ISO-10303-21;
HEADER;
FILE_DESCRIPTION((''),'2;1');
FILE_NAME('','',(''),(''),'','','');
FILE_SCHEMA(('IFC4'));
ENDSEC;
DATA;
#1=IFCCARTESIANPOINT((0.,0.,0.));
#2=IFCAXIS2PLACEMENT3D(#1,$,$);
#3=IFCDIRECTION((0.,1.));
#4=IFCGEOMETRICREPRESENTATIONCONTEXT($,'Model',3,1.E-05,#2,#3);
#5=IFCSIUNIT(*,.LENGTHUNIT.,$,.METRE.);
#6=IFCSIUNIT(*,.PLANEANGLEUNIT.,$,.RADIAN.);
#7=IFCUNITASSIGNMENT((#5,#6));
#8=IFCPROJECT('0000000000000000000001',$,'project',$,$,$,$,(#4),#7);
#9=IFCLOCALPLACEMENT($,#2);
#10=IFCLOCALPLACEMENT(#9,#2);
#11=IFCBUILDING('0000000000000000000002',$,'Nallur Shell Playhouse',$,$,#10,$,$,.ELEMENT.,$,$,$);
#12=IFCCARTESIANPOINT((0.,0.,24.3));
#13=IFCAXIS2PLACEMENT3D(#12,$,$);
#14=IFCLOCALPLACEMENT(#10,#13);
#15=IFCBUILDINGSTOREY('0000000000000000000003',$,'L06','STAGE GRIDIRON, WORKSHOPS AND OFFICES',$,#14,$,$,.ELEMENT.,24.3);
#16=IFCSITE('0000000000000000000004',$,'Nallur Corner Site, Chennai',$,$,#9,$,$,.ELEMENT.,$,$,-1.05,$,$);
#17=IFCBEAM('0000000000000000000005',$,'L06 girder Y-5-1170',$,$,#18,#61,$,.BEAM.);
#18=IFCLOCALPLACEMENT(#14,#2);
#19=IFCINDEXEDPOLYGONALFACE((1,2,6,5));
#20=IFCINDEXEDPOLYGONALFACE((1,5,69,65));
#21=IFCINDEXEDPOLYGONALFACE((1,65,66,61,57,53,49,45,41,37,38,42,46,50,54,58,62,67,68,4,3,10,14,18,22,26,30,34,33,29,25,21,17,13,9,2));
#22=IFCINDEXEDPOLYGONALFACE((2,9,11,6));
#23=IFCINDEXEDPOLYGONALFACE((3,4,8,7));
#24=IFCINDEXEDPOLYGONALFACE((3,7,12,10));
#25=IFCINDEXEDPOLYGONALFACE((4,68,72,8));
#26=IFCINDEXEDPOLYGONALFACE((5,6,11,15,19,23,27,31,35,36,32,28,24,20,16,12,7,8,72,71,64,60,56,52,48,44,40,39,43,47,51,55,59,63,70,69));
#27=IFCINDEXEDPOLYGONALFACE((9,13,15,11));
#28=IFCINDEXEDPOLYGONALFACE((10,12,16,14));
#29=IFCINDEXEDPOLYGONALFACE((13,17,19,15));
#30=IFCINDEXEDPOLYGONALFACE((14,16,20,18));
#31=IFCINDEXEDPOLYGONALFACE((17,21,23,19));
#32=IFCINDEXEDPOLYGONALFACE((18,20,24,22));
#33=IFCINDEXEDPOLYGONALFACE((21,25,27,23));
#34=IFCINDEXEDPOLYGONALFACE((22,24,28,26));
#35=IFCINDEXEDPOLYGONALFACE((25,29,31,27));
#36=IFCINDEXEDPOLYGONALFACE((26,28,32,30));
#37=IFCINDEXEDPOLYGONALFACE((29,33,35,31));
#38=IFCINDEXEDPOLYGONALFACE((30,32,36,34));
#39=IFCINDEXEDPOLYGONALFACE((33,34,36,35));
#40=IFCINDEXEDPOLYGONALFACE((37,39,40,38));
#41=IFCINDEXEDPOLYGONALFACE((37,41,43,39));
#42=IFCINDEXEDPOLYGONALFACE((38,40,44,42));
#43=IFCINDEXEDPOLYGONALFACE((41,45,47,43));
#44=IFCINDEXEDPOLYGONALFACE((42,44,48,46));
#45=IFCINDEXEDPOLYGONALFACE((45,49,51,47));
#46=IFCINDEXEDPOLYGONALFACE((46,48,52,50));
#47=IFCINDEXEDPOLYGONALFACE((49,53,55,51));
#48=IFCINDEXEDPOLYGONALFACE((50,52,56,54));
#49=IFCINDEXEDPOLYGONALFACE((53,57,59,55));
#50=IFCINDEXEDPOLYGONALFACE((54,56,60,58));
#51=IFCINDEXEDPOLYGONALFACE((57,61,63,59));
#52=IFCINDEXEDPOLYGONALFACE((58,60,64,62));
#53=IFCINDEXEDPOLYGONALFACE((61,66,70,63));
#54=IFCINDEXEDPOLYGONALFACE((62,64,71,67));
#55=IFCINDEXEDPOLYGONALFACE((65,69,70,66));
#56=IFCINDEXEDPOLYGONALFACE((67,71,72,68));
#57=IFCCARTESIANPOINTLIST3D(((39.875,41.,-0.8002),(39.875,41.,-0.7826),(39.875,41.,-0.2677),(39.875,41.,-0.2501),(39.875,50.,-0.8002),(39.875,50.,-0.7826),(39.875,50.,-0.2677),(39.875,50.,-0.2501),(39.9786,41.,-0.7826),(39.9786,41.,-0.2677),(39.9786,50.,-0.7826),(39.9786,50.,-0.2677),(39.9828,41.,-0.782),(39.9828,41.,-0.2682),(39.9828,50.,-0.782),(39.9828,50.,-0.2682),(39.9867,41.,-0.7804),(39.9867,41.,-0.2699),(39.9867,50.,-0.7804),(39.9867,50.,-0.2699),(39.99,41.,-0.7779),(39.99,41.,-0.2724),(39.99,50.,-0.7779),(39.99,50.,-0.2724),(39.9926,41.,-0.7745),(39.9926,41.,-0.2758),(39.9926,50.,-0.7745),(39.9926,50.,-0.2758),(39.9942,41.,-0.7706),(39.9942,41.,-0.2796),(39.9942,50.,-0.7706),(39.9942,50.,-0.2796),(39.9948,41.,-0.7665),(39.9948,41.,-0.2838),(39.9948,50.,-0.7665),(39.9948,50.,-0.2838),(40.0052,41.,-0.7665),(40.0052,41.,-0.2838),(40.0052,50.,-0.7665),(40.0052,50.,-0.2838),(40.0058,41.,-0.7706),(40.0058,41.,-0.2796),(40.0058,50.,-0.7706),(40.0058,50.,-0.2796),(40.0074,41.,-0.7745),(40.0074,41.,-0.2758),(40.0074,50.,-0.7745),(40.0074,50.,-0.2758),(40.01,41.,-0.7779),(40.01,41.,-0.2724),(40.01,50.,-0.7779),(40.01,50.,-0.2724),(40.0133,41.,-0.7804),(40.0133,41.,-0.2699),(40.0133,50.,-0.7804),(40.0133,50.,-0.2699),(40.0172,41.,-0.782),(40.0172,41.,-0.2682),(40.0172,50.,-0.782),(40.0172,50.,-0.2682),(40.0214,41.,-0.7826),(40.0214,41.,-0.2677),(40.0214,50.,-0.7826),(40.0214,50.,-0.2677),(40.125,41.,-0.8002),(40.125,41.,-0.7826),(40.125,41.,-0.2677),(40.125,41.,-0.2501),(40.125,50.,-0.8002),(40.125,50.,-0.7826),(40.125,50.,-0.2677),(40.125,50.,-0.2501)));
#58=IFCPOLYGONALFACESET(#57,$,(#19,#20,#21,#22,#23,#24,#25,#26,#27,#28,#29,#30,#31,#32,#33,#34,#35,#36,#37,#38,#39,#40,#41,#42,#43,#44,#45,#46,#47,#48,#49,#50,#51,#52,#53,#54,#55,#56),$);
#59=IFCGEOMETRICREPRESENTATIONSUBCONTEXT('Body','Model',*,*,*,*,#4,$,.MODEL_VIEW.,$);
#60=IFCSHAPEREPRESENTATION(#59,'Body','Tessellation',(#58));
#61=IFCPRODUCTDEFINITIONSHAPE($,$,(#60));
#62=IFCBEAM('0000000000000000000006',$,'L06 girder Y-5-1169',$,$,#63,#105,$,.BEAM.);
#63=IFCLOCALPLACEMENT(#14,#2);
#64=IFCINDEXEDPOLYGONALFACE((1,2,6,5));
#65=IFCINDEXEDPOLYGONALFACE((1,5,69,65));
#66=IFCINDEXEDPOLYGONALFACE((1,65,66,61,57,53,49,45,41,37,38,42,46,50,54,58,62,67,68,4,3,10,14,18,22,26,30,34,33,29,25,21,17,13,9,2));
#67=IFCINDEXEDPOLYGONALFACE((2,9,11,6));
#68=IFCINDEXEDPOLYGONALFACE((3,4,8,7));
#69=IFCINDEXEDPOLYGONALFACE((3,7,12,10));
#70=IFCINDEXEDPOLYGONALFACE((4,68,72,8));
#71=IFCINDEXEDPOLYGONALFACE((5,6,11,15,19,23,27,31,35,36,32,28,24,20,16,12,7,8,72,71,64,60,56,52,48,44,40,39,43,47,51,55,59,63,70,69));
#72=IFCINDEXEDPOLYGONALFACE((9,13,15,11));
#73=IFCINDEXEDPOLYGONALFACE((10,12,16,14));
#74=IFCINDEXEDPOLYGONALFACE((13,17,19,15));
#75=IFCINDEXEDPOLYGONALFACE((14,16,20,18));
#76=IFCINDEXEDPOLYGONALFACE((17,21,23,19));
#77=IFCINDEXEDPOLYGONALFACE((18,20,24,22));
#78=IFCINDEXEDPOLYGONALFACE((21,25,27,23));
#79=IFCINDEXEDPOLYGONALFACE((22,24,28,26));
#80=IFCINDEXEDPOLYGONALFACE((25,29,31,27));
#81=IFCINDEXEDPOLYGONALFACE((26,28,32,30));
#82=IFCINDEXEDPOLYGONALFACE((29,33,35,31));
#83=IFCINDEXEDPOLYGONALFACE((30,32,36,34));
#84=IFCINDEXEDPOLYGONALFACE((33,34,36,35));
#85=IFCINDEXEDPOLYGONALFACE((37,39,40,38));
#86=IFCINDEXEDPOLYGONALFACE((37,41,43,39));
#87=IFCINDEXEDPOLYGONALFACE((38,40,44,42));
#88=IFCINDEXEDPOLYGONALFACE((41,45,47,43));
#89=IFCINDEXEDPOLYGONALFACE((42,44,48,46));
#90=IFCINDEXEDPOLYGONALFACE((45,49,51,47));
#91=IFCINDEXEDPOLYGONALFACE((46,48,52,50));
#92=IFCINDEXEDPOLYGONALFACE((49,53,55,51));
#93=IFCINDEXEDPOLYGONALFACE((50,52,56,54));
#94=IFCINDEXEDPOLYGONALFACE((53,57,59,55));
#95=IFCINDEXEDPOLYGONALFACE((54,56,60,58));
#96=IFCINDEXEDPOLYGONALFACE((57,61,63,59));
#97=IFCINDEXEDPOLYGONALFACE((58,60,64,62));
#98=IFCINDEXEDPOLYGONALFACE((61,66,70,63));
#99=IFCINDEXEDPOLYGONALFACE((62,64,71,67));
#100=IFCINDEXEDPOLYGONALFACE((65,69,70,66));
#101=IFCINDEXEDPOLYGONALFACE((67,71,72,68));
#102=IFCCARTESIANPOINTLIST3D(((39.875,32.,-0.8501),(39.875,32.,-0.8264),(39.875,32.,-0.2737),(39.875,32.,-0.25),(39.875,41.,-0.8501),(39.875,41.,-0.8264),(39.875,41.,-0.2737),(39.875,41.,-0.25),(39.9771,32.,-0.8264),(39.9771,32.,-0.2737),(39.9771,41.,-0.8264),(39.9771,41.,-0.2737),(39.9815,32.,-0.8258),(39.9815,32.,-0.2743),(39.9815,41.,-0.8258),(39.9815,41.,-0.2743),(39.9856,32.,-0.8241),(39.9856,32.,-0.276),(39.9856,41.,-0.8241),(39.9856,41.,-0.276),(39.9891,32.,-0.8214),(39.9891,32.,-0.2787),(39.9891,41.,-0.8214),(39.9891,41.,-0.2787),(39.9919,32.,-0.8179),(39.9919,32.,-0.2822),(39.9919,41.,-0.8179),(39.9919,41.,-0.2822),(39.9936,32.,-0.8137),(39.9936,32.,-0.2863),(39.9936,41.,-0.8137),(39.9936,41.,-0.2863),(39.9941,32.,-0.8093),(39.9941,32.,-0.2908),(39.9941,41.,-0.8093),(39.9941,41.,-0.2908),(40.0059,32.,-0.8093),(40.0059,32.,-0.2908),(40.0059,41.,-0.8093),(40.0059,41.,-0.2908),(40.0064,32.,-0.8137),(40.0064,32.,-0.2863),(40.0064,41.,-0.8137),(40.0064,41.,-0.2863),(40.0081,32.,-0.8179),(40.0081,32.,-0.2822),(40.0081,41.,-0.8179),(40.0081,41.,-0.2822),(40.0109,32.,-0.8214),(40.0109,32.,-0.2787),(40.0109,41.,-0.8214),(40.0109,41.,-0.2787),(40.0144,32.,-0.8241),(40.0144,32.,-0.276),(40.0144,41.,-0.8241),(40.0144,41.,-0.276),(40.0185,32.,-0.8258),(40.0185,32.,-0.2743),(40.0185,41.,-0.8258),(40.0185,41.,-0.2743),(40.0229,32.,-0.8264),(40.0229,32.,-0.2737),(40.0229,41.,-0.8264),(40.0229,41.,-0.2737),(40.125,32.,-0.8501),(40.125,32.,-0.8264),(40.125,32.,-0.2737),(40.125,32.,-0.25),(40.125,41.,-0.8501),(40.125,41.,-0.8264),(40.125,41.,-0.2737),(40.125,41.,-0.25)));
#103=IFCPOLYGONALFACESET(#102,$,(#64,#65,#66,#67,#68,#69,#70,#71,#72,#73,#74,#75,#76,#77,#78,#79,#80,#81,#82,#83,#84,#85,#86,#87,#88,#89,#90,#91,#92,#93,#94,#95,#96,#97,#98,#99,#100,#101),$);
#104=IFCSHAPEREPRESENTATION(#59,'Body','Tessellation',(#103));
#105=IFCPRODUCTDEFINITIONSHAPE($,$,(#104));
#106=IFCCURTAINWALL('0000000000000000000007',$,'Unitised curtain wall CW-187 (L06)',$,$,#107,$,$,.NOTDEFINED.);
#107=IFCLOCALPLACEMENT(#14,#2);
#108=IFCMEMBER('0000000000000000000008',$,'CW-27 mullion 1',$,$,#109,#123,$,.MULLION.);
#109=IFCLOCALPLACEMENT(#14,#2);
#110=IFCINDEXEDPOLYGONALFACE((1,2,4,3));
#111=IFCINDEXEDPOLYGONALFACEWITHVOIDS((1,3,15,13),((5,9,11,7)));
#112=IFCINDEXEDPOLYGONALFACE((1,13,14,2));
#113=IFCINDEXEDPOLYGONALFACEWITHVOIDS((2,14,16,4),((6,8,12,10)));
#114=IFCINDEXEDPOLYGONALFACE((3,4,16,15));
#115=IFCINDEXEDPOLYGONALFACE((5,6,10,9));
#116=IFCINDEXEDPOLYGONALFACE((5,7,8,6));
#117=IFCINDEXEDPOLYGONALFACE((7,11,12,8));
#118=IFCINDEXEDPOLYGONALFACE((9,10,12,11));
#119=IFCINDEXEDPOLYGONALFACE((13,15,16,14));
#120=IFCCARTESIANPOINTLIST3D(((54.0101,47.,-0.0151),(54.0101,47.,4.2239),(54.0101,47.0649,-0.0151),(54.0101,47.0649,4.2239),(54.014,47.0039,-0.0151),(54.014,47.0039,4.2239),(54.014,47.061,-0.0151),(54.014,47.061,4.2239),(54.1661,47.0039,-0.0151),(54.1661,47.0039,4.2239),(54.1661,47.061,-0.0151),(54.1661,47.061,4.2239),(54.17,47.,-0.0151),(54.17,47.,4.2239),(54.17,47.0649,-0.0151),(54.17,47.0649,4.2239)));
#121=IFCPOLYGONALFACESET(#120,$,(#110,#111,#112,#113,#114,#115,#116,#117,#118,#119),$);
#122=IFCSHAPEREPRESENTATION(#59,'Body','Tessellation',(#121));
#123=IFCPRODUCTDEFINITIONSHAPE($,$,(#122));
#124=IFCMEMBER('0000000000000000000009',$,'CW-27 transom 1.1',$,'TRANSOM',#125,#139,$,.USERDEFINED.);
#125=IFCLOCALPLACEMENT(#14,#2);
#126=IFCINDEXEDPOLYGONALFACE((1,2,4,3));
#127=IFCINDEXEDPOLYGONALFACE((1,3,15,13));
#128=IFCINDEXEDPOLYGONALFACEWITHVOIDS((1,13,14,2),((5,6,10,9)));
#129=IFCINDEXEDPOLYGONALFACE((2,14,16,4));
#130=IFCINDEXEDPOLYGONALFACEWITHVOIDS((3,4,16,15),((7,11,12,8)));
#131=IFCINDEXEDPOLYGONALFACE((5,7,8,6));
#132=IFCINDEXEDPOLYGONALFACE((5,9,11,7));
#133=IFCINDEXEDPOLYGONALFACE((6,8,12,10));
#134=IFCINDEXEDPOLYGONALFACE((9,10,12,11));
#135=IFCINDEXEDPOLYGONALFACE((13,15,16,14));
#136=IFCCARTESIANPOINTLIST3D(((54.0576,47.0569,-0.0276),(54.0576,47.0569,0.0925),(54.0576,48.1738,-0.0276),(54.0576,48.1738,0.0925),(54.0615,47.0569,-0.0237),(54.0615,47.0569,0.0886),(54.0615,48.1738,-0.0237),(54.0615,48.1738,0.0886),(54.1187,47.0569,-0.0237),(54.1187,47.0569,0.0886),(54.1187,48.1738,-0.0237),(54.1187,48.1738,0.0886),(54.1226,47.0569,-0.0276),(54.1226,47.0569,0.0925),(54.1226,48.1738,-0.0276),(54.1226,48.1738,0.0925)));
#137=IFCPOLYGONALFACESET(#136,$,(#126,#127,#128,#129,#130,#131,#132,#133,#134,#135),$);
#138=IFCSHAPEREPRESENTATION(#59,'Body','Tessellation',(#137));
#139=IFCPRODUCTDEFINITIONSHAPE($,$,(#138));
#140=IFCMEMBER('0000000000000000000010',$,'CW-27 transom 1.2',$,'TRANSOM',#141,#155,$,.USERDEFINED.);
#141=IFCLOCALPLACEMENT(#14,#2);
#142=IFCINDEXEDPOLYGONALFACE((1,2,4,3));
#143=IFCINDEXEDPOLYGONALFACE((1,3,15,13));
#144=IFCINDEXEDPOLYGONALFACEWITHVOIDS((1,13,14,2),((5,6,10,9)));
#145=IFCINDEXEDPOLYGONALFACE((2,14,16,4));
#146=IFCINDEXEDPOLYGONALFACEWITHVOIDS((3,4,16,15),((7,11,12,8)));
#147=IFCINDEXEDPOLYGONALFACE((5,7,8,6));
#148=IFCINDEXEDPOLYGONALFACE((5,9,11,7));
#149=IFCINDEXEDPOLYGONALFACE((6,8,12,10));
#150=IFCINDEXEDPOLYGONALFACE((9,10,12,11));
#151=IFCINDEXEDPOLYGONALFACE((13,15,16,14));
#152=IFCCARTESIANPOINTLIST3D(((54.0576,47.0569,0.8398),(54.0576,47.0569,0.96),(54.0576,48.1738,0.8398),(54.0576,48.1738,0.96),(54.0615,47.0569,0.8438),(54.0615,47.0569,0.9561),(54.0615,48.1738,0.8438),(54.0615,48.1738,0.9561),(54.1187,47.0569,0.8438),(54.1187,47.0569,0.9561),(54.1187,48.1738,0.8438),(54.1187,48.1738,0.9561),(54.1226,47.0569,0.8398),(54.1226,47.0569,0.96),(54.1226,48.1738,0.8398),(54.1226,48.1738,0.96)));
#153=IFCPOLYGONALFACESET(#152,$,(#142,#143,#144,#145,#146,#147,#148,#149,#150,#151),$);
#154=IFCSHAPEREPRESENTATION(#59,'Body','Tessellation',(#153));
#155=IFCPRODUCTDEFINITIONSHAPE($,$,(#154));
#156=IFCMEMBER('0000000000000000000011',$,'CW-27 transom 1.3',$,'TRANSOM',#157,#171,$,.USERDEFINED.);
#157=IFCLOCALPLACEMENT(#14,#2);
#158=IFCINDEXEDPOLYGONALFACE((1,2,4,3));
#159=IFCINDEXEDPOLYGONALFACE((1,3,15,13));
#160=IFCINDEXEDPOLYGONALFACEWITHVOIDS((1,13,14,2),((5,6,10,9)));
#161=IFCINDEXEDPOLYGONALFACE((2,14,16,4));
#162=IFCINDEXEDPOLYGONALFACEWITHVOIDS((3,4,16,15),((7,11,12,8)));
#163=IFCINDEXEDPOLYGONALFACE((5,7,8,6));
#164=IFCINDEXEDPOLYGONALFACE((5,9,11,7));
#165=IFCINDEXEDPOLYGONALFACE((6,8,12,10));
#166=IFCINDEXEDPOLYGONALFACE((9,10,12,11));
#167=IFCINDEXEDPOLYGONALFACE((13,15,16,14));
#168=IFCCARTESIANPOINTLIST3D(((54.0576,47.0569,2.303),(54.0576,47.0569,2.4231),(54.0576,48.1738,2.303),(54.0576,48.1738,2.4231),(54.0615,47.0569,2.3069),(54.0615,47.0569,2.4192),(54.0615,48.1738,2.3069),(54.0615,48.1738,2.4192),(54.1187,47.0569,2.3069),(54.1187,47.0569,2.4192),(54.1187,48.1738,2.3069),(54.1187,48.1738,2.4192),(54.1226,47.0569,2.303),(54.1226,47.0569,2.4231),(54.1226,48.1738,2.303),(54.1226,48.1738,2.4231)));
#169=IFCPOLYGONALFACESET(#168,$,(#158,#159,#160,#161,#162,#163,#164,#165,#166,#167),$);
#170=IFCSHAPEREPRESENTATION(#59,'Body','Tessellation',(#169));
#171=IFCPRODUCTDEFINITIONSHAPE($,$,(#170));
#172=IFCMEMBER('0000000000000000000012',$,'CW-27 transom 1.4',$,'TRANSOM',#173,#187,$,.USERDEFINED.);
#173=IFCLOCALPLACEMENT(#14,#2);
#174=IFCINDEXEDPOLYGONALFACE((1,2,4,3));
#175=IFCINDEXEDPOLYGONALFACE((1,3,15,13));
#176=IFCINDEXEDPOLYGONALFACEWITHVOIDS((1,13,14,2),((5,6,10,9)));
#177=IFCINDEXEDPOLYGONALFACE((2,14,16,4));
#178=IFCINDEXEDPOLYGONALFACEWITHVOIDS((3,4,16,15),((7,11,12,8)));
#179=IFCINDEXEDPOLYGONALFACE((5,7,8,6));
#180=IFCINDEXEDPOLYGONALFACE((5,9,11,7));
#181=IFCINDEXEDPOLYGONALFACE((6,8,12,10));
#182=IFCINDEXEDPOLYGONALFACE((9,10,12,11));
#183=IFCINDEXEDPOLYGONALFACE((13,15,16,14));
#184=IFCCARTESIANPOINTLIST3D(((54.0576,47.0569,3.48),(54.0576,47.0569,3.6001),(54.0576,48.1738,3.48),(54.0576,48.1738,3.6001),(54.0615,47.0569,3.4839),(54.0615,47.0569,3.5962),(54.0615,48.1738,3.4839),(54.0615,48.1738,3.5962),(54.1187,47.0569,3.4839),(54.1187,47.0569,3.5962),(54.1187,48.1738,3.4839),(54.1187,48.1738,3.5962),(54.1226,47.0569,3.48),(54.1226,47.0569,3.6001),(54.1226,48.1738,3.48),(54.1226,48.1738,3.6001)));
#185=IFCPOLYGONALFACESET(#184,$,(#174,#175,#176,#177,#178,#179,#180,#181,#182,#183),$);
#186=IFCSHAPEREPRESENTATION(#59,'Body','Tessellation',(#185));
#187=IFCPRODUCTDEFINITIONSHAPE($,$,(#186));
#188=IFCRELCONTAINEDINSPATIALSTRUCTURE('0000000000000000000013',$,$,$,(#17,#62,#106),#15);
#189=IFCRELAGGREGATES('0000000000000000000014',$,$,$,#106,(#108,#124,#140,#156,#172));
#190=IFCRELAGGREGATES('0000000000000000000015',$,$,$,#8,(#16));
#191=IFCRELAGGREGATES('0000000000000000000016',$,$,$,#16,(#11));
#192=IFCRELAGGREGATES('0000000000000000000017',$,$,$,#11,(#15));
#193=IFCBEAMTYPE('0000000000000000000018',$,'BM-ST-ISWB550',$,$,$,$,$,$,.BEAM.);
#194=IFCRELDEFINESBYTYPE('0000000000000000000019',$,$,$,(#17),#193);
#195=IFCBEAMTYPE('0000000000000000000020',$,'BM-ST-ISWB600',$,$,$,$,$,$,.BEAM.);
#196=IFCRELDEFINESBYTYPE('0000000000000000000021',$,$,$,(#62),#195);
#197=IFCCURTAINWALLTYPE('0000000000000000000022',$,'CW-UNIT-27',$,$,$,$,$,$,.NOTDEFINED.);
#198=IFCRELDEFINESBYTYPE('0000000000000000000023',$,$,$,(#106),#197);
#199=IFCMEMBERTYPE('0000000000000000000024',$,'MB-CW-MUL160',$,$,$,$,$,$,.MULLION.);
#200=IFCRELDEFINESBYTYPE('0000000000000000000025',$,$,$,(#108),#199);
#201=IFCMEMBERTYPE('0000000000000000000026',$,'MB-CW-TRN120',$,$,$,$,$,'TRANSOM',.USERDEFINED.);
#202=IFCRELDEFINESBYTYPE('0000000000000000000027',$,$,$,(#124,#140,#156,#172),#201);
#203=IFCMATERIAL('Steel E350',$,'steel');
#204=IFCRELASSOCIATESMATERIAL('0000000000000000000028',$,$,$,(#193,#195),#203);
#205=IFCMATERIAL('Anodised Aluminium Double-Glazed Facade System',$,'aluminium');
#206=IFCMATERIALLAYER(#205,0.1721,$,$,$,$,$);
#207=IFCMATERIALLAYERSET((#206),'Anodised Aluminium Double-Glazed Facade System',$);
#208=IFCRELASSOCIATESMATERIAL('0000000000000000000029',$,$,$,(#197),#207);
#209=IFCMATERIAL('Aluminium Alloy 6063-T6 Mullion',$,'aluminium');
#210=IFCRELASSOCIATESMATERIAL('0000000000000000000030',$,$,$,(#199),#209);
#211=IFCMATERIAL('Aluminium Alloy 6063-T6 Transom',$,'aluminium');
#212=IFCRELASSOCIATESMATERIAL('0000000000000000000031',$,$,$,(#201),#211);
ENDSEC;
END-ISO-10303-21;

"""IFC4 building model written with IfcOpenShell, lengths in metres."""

from ifc_helpers import new_model, si_unit, direction, frame, origin, origin_2d, place, context, subcontext, project, spatial, hollow_rectangle, i_section, extrude, material, layer, layer_set, material_profile, profile_set, type_object, element, aggregate, save


model = new_model("IFC4")

# Units and contexts
model_context = context("Model", 3, precision=1e-05, world=origin(), true_north=direction((0.0, 1.0)))
body_context = subcontext(model_context, "Body", "Model", "MODEL_VIEW")
ifc_project = project(units=[si_unit("LENGTHUNIT", "METRE"), si_unit("PLANEANGLEUNIT", "RADIAN")], contexts=[model_context])

# Site, building, storey
site_placement = place(None, origin())
site = spatial("IfcSite", under=ifc_project, at=site_placement, Name="Nallur Corner Site, Chennai", CompositionType="ELEMENT", RefElevation=-1.05)
building_placement = place(site_placement, origin())
building = spatial("IfcBuilding", under=site, at=building_placement, Name="Nallur Shell Playhouse", CompositionType="ELEMENT")
storey_placement = place(building_placement, frame((0.0, 0.0, 24.3)))
storey = spatial("IfcBuildingStorey", under=building, at=storey_placement, Name="L06", Description="STAGE GRIDIRON, WORKSHOPS AND OFFICES", CompositionType="ELEMENT", Elevation=24.3)

# Beams
ifc_material_1 = material(Name="Steel E350", Category="steel")
ifc_material_profile_1 = material_profile(ifc_material_1, i_section(OverallWidth=0.25, OverallDepth=0.55, WebThickness=0.0105, FlangeThickness=0.0176, FilletRadius=0.0161, at=origin_2d()), Name="ISWB 550")
ifc_profile_set_1 = profile_set([ifc_material_profile_1], Name="Steel E350")
beam_type_1 = type_object("IfcBeamType", Name="BM-ST-ISWB550", PredefinedType="BEAM", material=ifc_profile_set_1)
beam_1_placement = place(storey_placement, frame((40.0, 41.0, -0.5251), z_axis=(0.0, 1.0, 0.0), x_axis=(-1.0, 0.0, 0.0)))
element("IfcBeam", 1, at=beam_1_placement, inside=storey, type_object=beam_type_1, Name="L06 girder Y-5-1170", PredefinedType="BEAM", context=body_context, shape_type="SweptSolid", body=[
    extrude(i_section(OverallWidth=0.25, OverallDepth=0.55, WebThickness=0.0105, FlangeThickness=0.0176, FilletRadius=0.0161, at=origin_2d()), origin(), (0.0, 0.0, 1.0), 9.0),
])
ifc_material_profile_2 = material_profile(ifc_material_1, i_section(OverallWidth=0.25, OverallDepth=0.6001, WebThickness=0.0117, FlangeThickness=0.0237, FilletRadius=0.0171, at=origin_2d()), Name="ISWB 600")
ifc_profile_set_2 = profile_set([ifc_material_profile_2], Name="Steel E350")
beam_type_2 = type_object("IfcBeamType", Name="BM-ST-ISWB600", PredefinedType="BEAM", material=ifc_profile_set_2)
beam_2_placement = place(storey_placement, frame((40.0, 32.0, -0.55), z_axis=(0.0, 1.0, 0.0), x_axis=(-1.0, 0.0, 0.0)))
element("IfcBeam", 2, at=beam_2_placement, inside=storey, type_object=beam_type_2, Name="L06 girder Y-5-1169", PredefinedType="BEAM", context=body_context, shape_type="SweptSolid", body=[
    extrude(i_section(OverallWidth=0.25, OverallDepth=0.6001, WebThickness=0.0117, FlangeThickness=0.0237, FilletRadius=0.0171, at=origin_2d()), origin(), (0.0, 0.0, 1.0), 9.0),
])

# Curtain wall, members
ifc_material_2 = material(Name="Anodised Aluminium Double-Glazed Facade System", Category="aluminium")
ifc_layer_1 = layer(ifc_material_2, 0.1721)
ifc_layer_set_1 = layer_set([ifc_layer_1], Name="Anodised Aluminium Double-Glazed Facade System")
curtain_wall_type = type_object("IfcCurtainWallType", Name="CW-UNIT-27", PredefinedType="NOTDEFINED", material=ifc_layer_set_1)
curtain_wall_placement = place(storey_placement, origin())
curtain_wall = element("IfcCurtainWall", 3, at=curtain_wall_placement, inside=storey, type_object=curtain_wall_type, Name="Unitised curtain wall CW-187 (L06)", PredefinedType="NOTDEFINED")
ifc_material_3 = material(Name="Aluminium Alloy 6063-T6 Mullion", Category="aluminium")
ifc_material_profile_3 = material_profile(ifc_material_3, hollow_rectangle(XDim=0.0649, YDim=0.1599, WallThickness=0.0039, at=origin_2d()), Name="ALU 65x160x4")
ifc_profile_set_3 = profile_set([ifc_material_profile_3], Name="Aluminium Alloy 6063-T6 Mullion")
member_type_1 = type_object("IfcMemberType", Name="MB-CW-MUL160", PredefinedType="MULLION", material=ifc_profile_set_3)
member_1_placement = place(storey_placement, frame((54.0901, 47.0325, -0.0151), z_axis=(0.0, 0.0, 1.0), x_axis=(0.0, 1.0, 0.0)))
member_1 = element("IfcMember", 4, at=member_1_placement, type_object=member_type_1, Name="CW-27 mullion 1", PredefinedType="MULLION", context=body_context, shape_type="SweptSolid", body=[
    extrude(hollow_rectangle(XDim=0.0649, YDim=0.1599, WallThickness=0.0039, at=origin_2d()), origin(), (0.0, 0.0, 1.0), 4.239),
])
ifc_material_4 = material(Name="Aluminium Alloy 6063-T6 Transom", Category="aluminium")
ifc_material_profile_4 = material_profile(ifc_material_4, hollow_rectangle(XDim=0.0649, YDim=0.1201, WallThickness=0.0039, at=origin_2d()), Name="ALU 65x120x4")
ifc_profile_set_4 = profile_set([ifc_material_profile_4], Name="Aluminium Alloy 6063-T6 Transom")
member_type_2 = type_object("IfcMemberType", Name="MB-CW-TRN120", ElementType="TRANSOM", PredefinedType="USERDEFINED", material=ifc_profile_set_4)
member_2_placement = place(storey_placement, frame((54.0901, 47.0569, 0.0325), z_axis=(0.0, 1.0, 0.0), x_axis=(-1.0, 0.0, 0.0)))
member_2 = element("IfcMember", 5, at=member_2_placement, type_object=member_type_2, Name="CW-27 transom 1.1", ObjectType="TRANSOM", PredefinedType="USERDEFINED", context=body_context, shape_type="SweptSolid", body=[
    extrude(hollow_rectangle(XDim=0.0649, YDim=0.1201, WallThickness=0.0039, at=origin_2d()), origin(), (0.0, 0.0, 1.0), 1.1169),
])
member_3_placement = place(storey_placement, frame((54.0901, 47.0569, 0.8999), z_axis=(0.0, 1.0, 0.0), x_axis=(-1.0, 0.0, 0.0)))
member_3 = element("IfcMember", 6, at=member_3_placement, type_object=member_type_2, Name="CW-27 transom 1.2", ObjectType="TRANSOM", PredefinedType="USERDEFINED", context=body_context, shape_type="SweptSolid", body=[
    extrude(hollow_rectangle(XDim=0.0649, YDim=0.1201, WallThickness=0.0039, at=origin_2d()), origin(), (0.0, 0.0, 1.0), 1.1169),
])
member_4_placement = place(storey_placement, frame((54.0901, 47.0569, 2.363), z_axis=(0.0, 1.0, 0.0), x_axis=(-1.0, 0.0, 0.0)))
member_4 = element("IfcMember", 7, at=member_4_placement, type_object=member_type_2, Name="CW-27 transom 1.3", ObjectType="TRANSOM", PredefinedType="USERDEFINED", context=body_context, shape_type="SweptSolid", body=[
    extrude(hollow_rectangle(XDim=0.0649, YDim=0.1201, WallThickness=0.0039, at=origin_2d()), origin(), (0.0, 0.0, 1.0), 1.1169),
])
member_5_placement = place(storey_placement, frame((54.0901, 47.0569, 3.54), z_axis=(0.0, 1.0, 0.0), x_axis=(-1.0, 0.0, 0.0)))
member_5 = element("IfcMember", 8, at=member_5_placement, type_object=member_type_2, Name="CW-27 transom 1.4", ObjectType="TRANSOM", PredefinedType="USERDEFINED", context=body_context, shape_type="SweptSolid", body=[
    extrude(hollow_rectangle(XDim=0.0649, YDim=0.1201, WallThickness=0.0039, at=origin_2d()), origin(), (0.0, 0.0, 1.0), 1.1169),
])

aggregate(curtain_wall, [member_1, member_2, member_3, member_4, member_5])

save(model, "model.ifc")
